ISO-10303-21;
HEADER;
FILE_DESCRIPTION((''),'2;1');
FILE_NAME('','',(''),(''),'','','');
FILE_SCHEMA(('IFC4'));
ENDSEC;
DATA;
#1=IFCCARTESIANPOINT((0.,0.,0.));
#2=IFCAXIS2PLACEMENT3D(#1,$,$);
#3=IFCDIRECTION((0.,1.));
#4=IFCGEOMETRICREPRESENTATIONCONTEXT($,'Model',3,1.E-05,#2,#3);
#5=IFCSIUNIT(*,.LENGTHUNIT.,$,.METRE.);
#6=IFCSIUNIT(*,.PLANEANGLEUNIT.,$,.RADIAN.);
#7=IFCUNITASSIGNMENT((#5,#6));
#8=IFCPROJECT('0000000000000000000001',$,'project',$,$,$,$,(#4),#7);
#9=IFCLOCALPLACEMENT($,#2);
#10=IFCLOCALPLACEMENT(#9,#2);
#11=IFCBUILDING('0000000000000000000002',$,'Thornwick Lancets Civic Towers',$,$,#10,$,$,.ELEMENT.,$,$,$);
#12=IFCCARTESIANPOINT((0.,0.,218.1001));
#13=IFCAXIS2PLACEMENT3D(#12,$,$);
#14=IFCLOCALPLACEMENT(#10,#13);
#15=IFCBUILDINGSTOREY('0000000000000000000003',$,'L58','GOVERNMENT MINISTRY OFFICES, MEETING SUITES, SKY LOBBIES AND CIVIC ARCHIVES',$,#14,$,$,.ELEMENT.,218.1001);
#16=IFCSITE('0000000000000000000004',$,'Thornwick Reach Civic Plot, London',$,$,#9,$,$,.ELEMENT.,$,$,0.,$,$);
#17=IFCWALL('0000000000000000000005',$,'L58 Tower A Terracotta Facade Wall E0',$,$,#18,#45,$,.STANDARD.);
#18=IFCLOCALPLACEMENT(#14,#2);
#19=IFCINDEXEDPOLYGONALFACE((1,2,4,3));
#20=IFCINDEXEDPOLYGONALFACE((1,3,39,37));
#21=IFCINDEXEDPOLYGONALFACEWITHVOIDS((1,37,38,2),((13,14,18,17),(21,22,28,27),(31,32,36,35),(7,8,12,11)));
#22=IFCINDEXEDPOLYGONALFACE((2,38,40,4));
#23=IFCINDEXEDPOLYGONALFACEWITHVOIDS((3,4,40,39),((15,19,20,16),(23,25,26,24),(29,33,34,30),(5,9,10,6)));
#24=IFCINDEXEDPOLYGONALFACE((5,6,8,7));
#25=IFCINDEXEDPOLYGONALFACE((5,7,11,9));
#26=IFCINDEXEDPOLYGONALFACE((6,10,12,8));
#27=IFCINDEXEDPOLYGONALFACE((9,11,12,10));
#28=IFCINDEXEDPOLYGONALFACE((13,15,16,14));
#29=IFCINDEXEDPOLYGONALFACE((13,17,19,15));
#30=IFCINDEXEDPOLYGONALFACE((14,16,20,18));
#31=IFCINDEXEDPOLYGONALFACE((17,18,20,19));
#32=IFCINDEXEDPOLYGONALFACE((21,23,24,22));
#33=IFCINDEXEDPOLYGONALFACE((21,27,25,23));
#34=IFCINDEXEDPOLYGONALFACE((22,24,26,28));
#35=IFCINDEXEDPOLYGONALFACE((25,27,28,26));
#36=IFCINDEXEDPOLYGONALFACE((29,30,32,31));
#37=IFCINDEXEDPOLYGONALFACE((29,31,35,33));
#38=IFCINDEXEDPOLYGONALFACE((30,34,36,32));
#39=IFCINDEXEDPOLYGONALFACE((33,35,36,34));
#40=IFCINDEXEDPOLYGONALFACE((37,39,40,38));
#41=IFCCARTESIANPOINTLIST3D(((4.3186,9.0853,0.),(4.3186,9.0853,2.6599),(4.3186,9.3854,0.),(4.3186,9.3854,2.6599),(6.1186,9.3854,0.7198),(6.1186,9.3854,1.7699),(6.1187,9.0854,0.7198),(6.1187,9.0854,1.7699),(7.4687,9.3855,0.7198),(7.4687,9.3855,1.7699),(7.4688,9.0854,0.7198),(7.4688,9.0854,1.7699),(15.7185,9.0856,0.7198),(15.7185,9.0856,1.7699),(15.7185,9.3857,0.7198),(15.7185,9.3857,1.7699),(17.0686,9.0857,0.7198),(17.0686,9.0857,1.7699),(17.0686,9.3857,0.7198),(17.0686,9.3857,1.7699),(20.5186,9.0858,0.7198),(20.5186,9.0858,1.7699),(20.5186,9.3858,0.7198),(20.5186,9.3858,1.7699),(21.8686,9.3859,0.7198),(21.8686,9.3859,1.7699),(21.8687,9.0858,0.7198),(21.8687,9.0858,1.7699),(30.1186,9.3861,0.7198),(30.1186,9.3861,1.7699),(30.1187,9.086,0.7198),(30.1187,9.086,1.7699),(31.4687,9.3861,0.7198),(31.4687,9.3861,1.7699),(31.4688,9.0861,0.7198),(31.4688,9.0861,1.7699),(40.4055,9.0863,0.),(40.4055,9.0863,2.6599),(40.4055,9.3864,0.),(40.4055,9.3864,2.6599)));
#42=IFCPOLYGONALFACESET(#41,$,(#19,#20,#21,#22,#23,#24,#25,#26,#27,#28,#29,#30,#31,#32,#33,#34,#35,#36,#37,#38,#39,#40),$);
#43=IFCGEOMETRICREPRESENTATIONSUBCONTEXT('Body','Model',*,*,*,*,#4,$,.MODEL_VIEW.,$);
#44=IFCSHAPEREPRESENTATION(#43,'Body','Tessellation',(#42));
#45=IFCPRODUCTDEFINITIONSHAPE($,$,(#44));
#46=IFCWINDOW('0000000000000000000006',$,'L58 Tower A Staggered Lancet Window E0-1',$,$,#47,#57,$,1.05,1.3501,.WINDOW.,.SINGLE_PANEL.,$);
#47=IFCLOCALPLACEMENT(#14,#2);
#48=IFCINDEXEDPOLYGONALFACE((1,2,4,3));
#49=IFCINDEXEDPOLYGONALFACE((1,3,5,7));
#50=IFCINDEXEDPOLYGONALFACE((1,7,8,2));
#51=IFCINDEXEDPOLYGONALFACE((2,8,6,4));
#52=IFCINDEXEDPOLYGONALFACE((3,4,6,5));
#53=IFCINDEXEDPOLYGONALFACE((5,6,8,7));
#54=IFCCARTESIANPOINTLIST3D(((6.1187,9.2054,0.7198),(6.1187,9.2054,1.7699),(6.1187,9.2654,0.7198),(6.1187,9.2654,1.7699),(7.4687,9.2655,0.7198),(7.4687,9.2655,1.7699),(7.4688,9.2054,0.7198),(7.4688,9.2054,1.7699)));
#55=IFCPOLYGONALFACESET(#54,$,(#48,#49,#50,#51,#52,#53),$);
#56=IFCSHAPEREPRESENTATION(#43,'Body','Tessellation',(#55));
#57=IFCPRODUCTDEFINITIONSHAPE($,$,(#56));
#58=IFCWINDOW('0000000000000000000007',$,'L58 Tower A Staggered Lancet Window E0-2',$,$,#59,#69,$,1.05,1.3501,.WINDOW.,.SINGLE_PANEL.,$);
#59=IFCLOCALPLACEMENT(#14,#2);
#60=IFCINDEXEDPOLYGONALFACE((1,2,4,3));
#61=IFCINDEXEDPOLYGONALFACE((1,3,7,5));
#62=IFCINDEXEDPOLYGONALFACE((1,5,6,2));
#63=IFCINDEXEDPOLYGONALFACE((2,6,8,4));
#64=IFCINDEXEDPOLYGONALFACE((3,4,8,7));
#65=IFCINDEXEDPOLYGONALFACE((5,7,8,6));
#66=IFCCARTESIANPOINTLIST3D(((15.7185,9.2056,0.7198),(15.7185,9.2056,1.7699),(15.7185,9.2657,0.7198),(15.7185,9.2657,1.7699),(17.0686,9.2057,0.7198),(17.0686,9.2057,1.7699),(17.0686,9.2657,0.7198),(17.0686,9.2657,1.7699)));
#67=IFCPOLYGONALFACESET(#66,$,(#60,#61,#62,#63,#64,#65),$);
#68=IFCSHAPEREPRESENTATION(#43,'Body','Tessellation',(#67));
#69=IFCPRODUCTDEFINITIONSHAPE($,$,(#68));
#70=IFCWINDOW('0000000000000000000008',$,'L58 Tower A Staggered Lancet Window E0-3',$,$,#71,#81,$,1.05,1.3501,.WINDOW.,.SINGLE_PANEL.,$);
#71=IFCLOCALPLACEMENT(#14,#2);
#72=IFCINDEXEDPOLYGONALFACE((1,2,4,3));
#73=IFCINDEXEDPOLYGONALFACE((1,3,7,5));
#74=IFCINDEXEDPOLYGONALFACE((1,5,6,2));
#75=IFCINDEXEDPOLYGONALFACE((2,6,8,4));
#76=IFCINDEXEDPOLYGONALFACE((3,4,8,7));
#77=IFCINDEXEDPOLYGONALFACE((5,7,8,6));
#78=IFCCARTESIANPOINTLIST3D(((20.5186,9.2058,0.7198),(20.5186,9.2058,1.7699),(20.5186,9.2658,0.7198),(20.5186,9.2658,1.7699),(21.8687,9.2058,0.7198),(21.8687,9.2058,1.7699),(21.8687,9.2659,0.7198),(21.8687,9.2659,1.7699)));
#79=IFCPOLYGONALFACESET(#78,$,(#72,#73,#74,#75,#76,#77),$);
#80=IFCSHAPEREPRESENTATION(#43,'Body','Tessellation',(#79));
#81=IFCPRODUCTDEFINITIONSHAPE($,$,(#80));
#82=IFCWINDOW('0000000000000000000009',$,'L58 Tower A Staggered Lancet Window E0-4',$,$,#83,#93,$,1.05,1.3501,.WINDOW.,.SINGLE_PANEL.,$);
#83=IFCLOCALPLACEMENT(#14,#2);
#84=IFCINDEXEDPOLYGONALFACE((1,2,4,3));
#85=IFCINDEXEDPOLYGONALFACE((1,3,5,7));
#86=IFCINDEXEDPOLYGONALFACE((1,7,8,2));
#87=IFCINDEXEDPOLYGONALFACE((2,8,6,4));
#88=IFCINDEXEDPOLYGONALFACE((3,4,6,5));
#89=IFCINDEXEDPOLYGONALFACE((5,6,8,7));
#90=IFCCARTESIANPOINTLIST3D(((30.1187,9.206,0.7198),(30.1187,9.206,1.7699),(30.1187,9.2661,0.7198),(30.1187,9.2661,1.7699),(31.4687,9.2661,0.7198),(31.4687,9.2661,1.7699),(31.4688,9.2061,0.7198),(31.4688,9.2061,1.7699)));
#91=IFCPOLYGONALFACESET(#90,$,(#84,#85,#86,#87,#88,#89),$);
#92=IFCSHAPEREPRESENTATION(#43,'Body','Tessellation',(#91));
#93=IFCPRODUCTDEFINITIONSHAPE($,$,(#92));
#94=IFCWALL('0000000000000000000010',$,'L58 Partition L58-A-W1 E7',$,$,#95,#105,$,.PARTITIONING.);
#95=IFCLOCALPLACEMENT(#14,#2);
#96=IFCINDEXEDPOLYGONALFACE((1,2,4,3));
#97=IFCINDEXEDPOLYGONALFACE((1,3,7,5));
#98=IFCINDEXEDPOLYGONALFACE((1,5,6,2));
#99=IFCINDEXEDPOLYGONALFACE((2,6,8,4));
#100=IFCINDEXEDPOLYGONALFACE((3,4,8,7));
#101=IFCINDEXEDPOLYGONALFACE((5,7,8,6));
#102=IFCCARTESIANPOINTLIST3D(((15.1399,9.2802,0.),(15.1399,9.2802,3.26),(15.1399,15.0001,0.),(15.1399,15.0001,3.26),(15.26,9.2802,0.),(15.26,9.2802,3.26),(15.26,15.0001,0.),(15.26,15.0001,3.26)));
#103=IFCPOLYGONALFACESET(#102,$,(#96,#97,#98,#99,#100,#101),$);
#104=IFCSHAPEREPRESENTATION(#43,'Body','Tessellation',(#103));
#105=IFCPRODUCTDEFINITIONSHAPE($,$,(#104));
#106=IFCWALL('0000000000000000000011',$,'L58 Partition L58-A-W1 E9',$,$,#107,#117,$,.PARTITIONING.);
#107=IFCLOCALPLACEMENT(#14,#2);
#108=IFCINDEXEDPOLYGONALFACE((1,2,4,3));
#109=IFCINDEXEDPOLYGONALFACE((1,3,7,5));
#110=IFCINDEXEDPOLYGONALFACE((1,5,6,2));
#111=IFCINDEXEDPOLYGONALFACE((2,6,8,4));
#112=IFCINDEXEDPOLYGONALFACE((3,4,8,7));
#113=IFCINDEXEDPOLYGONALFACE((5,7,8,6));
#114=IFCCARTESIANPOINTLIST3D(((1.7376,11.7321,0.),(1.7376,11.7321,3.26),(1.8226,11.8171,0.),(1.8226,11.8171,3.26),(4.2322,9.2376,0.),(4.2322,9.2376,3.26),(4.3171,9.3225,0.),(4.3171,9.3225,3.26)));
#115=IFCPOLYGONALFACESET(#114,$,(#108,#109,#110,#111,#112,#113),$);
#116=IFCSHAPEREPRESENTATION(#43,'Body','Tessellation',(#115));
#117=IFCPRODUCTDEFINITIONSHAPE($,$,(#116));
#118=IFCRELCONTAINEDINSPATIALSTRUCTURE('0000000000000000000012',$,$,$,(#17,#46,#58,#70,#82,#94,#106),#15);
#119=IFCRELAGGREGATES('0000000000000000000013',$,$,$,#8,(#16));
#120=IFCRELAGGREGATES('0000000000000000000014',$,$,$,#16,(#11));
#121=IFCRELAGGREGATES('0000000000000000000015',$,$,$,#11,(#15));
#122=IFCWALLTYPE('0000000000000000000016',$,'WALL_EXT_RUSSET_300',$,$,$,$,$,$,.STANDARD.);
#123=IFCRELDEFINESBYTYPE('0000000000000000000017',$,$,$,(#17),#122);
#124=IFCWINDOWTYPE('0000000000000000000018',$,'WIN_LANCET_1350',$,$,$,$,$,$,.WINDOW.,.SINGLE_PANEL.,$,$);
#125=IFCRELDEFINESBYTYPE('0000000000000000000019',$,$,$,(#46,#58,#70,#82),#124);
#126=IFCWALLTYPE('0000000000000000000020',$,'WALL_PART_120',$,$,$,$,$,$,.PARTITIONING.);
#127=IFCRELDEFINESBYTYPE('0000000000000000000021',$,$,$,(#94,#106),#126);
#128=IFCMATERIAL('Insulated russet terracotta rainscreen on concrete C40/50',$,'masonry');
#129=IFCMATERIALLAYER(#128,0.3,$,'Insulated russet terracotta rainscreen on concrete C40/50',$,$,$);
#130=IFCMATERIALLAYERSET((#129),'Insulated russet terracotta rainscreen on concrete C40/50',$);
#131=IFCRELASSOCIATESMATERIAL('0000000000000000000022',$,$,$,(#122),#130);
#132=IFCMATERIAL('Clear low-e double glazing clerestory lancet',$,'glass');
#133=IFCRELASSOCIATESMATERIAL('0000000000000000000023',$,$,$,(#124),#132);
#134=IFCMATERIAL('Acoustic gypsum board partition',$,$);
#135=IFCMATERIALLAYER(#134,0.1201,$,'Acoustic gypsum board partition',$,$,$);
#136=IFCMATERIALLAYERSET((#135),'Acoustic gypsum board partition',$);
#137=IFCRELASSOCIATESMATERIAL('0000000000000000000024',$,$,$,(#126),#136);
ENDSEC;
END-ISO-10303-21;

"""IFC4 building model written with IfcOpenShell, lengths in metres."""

from ifc_helpers import new_model, si_unit, direction, frame, frame_2d, origin, place, context, subcontext, project, spatial, rectangle, extrude, material, layer, layer_set, type_object, element, fill, save


model = new_model("IFC4")

# Units and contexts
model_context = context("Model", 3, precision=1e-05, world=origin(), true_north=direction((0.0, 1.0)))
body_context = subcontext(model_context, "Body", "Model", "MODEL_VIEW")
ifc_project = project(units=[si_unit("LENGTHUNIT", "METRE"), si_unit("PLANEANGLEUNIT", "RADIAN")], contexts=[model_context])

# Site, building, storey
site_placement = place(None, origin())
site = spatial("IfcSite", under=ifc_project, at=site_placement, Name="Thornwick Reach Civic Plot, London", CompositionType="ELEMENT", RefElevation=0.0)
building_placement = place(site_placement, origin())
building = spatial("IfcBuilding", under=site, at=building_placement, Name="Thornwick Lancets Civic Towers", CompositionType="ELEMENT")
storey_placement = place(building_placement, frame((0.0, 0.0, 218.1001)))
storey = spatial("IfcBuildingStorey", under=building, at=storey_placement, Name="L58", Description="GOVERNMENT MINISTRY OFFICES, MEETING SUITES, SKY LOBBIES AND CIVIC ARCHIVES", CompositionType="ELEMENT", Elevation=218.1001)

# Wall, openings, windows
ifc_material_1 = material(Name="Insulated russet terracotta rainscreen on concrete C40/50", Category="masonry")
ifc_layer_1 = layer(ifc_material_1, 0.3, Name="Insulated russet terracotta rainscreen on concrete C40/50")
ifc_layer_set_1 = layer_set([ifc_layer_1], Name="Insulated russet terracotta rainscreen on concrete C40/50")
wall_type_1 = type_object("IfcWallType", Name="WALL_EXT_RUSSET_300", PredefinedType="STANDARD", material=ifc_layer_set_1)
wall_1_placement = place(storey_placement, frame((4.3186, 9.2354, 0.0), z_axis=(0.0, 0.0, 1.0), x_axis=(1.0, 0.000027, 0.0)))
wall_1 = element("IfcWall", 1, at=wall_1_placement, inside=storey, type_object=wall_type_1, Name="L58 Tower A Terracotta Facade Wall E0", PredefinedType="STANDARD", context=body_context, shape_type="SweptSolid", body=[
    extrude(rectangle(XDim=36.0869, YDim=0.3, at=frame_2d((18.0435, 0.0))), origin(), (0.0, 0.0, 1.0), 2.6599),
])
opening_1_placement = place(wall_1_placement, frame((1.8, 0.0, 0.72)))
opening_1 = element("IfcOpeningElement", 2, at=opening_1_placement, cuts=wall_1, PredefinedType="OPENING", context=body_context, shape_type="SweptSolid", body=[
    extrude(rectangle(XDim=1.3501, YDim=1.05, at=frame_2d((0.675, 0.5249))), frame((0.0, 0.1602, 0.0), z_axis=(0.0, -1.0, 0.0), x_axis=(1.0, 0.0, 0.0)), (0.0, 0.0, 1.0), 0.3201),
])
opening_2_placement = place(wall_1_placement, frame((11.3999, 0.0, 0.72)))
opening_2 = element("IfcOpeningElement", 3, at=opening_2_placement, cuts=wall_1, PredefinedType="OPENING", context=body_context, shape_type="SweptSolid", body=[
    extrude(rectangle(XDim=1.3501, YDim=1.05, at=frame_2d((0.675, 0.5249))), frame((0.0, 0.1602, 0.0), z_axis=(0.0, -1.0, 0.0), x_axis=(1.0, 0.0, 0.0)), (0.0, 0.0, 1.0), 0.3201),
])
opening_3_placement = place(wall_1_placement, frame((16.2, 0.0, 0.72)))
opening_3 = element("IfcOpeningElement", 4, at=opening_3_placement, cuts=wall_1, PredefinedType="OPENING", context=body_context, shape_type="SweptSolid", body=[
    extrude(rectangle(XDim=1.3501, YDim=1.05, at=frame_2d((0.675, 0.5249))), frame((0.0, 0.1602, 0.0), z_axis=(0.0, -1.0, 0.0), x_axis=(1.0, 0.0, 0.0)), (0.0, 0.0, 1.0), 0.3201),
])
opening_4_placement = place(wall_1_placement, frame((25.8, 0.0, 0.72)))
opening_4 = element("IfcOpeningElement", 5, at=opening_4_placement, cuts=wall_1, PredefinedType="OPENING", context=body_context, shape_type="SweptSolid", body=[
    extrude(rectangle(XDim=1.3501, YDim=1.05, at=frame_2d((0.675, 0.5249))), frame((0.0, 0.1602, 0.0), z_axis=(0.0, -1.0, 0.0), x_axis=(1.0, 0.0, 0.0)), (0.0, 0.0, 1.0), 0.3201),
])
ifc_material_2 = material(Name="Clear low-e double glazing clerestory lancet", Category="glass")
window_type = type_object("IfcWindowType", Name="WIN_LANCET_1350", PartitioningType="SINGLE_PANEL", PredefinedType="WINDOW", material=ifc_material_2)
window_1_placement = place(opening_1_placement, origin())
window_1 = element("IfcWindow", 6, at=window_1_placement, inside=storey, type_object=window_type, Name="L58 Tower A Staggered Lancet Window E0-1", OverallHeight=1.05, OverallWidth=1.3501, PartitioningType="SINGLE_PANEL", PredefinedType="WINDOW", context=body_context, shape_type="SweptSolid", body=[
    extrude(rectangle(XDim=1.3501, YDim=1.05, at=frame_2d((0.675, 0.5249))), frame((0.0, 0.03, 0.0), z_axis=(0.0, -1.0, 0.0), x_axis=(1.0, 0.0, 0.0)), (0.0, 0.0, 1.0), 0.0601),
])
fill(opening_1, window_1)
window_2_placement = place(opening_2_placement, origin())
window_2 = element("IfcWindow", 7, at=window_2_placement, inside=storey, type_object=window_type, Name="L58 Tower A Staggered Lancet Window E0-2", OverallHeight=1.05, OverallWidth=1.3501, PartitioningType="SINGLE_PANEL", PredefinedType="WINDOW", context=body_context, shape_type="SweptSolid", body=[
    extrude(rectangle(XDim=1.3501, YDim=1.05, at=frame_2d((0.675, 0.5249))), frame((0.0, 0.03, 0.0), z_axis=(0.0, -1.0, 0.0), x_axis=(1.0, 0.0, 0.0)), (0.0, 0.0, 1.0), 0.0601),
])
fill(opening_2, window_2)
window_3_placement = place(opening_3_placement, origin())
window_3 = element("IfcWindow", 8, at=window_3_placement, inside=storey, type_object=window_type, Name="L58 Tower A Staggered Lancet Window E0-3", OverallHeight=1.05, OverallWidth=1.3501, PartitioningType="SINGLE_PANEL", PredefinedType="WINDOW", context=body_context, shape_type="SweptSolid", body=[
    extrude(rectangle(XDim=1.3501, YDim=1.05, at=frame_2d((0.675, 0.5249))), frame((0.0, 0.03, 0.0), z_axis=(0.0, -1.0, 0.0), x_axis=(1.0, 0.0, 0.0)), (0.0, 0.0, 1.0), 0.0601),
])
fill(opening_3, window_3)
window_4_placement = place(opening_4_placement, origin())
window_4 = element("IfcWindow", 9, at=window_4_placement, inside=storey, type_object=window_type, Name="L58 Tower A Staggered Lancet Window E0-4", OverallHeight=1.05, OverallWidth=1.3501, PartitioningType="SINGLE_PANEL", PredefinedType="WINDOW", context=body_context, shape_type="SweptSolid", body=[
    extrude(rectangle(XDim=1.3501, YDim=1.05, at=frame_2d((0.675, 0.5249))), frame((0.0, 0.03, 0.0), z_axis=(0.0, -1.0, 0.0), x_axis=(1.0, 0.0, 0.0)), (0.0, 0.0, 1.0), 0.0601),
])
fill(opening_4, window_4)

# Walls
ifc_material_3 = material(Name="Acoustic gypsum board partition")
ifc_layer_2 = layer(ifc_material_3, 0.1201, Name="Acoustic gypsum board partition")
ifc_layer_set_2 = layer_set([ifc_layer_2], Name="Acoustic gypsum board partition")
wall_type_2 = type_object("IfcWallType", Name="WALL_PART_120", PredefinedType="PARTITIONING", material=ifc_layer_set_2)
wall_2_placement = place(storey_placement, frame((15.2, 15.0, 0.0), z_axis=(0.0, 0.0, 1.0), x_axis=(0.0, -1.0, 0.0)))
element("IfcWall", 10, at=wall_2_placement, inside=storey, type_object=wall_type_2, Name="L58 Partition L58-A-W1 E7", PredefinedType="PARTITIONING", context=body_context, shape_type="SweptSolid", body=[
    extrude(rectangle(XDim=5.72, YDim=0.1201, at=frame_2d((2.8599, 0.0))), origin(), (0.0, 0.0, 1.0), 3.26),
])
wall_3_placement = place(storey_placement, frame((4.2747, 9.28, 0.0), z_axis=(0.0, 0.0, 1.0), x_axis=(-0.707107, 0.707107, 0.0)))
element("IfcWall", 11, at=wall_3_placement, inside=storey, type_object=wall_type_2, Name="L58 Partition L58-A-W1 E9", PredefinedType="PARTITIONING", context=body_context, shape_type="SweptSolid", body=[
    extrude(rectangle(XDim=3.5278, YDim=0.1201, at=frame_2d((1.7639, 0.0))), origin(), (0.0, 0.0, 1.0), 3.26),
])

save(model, "model.ifc")
